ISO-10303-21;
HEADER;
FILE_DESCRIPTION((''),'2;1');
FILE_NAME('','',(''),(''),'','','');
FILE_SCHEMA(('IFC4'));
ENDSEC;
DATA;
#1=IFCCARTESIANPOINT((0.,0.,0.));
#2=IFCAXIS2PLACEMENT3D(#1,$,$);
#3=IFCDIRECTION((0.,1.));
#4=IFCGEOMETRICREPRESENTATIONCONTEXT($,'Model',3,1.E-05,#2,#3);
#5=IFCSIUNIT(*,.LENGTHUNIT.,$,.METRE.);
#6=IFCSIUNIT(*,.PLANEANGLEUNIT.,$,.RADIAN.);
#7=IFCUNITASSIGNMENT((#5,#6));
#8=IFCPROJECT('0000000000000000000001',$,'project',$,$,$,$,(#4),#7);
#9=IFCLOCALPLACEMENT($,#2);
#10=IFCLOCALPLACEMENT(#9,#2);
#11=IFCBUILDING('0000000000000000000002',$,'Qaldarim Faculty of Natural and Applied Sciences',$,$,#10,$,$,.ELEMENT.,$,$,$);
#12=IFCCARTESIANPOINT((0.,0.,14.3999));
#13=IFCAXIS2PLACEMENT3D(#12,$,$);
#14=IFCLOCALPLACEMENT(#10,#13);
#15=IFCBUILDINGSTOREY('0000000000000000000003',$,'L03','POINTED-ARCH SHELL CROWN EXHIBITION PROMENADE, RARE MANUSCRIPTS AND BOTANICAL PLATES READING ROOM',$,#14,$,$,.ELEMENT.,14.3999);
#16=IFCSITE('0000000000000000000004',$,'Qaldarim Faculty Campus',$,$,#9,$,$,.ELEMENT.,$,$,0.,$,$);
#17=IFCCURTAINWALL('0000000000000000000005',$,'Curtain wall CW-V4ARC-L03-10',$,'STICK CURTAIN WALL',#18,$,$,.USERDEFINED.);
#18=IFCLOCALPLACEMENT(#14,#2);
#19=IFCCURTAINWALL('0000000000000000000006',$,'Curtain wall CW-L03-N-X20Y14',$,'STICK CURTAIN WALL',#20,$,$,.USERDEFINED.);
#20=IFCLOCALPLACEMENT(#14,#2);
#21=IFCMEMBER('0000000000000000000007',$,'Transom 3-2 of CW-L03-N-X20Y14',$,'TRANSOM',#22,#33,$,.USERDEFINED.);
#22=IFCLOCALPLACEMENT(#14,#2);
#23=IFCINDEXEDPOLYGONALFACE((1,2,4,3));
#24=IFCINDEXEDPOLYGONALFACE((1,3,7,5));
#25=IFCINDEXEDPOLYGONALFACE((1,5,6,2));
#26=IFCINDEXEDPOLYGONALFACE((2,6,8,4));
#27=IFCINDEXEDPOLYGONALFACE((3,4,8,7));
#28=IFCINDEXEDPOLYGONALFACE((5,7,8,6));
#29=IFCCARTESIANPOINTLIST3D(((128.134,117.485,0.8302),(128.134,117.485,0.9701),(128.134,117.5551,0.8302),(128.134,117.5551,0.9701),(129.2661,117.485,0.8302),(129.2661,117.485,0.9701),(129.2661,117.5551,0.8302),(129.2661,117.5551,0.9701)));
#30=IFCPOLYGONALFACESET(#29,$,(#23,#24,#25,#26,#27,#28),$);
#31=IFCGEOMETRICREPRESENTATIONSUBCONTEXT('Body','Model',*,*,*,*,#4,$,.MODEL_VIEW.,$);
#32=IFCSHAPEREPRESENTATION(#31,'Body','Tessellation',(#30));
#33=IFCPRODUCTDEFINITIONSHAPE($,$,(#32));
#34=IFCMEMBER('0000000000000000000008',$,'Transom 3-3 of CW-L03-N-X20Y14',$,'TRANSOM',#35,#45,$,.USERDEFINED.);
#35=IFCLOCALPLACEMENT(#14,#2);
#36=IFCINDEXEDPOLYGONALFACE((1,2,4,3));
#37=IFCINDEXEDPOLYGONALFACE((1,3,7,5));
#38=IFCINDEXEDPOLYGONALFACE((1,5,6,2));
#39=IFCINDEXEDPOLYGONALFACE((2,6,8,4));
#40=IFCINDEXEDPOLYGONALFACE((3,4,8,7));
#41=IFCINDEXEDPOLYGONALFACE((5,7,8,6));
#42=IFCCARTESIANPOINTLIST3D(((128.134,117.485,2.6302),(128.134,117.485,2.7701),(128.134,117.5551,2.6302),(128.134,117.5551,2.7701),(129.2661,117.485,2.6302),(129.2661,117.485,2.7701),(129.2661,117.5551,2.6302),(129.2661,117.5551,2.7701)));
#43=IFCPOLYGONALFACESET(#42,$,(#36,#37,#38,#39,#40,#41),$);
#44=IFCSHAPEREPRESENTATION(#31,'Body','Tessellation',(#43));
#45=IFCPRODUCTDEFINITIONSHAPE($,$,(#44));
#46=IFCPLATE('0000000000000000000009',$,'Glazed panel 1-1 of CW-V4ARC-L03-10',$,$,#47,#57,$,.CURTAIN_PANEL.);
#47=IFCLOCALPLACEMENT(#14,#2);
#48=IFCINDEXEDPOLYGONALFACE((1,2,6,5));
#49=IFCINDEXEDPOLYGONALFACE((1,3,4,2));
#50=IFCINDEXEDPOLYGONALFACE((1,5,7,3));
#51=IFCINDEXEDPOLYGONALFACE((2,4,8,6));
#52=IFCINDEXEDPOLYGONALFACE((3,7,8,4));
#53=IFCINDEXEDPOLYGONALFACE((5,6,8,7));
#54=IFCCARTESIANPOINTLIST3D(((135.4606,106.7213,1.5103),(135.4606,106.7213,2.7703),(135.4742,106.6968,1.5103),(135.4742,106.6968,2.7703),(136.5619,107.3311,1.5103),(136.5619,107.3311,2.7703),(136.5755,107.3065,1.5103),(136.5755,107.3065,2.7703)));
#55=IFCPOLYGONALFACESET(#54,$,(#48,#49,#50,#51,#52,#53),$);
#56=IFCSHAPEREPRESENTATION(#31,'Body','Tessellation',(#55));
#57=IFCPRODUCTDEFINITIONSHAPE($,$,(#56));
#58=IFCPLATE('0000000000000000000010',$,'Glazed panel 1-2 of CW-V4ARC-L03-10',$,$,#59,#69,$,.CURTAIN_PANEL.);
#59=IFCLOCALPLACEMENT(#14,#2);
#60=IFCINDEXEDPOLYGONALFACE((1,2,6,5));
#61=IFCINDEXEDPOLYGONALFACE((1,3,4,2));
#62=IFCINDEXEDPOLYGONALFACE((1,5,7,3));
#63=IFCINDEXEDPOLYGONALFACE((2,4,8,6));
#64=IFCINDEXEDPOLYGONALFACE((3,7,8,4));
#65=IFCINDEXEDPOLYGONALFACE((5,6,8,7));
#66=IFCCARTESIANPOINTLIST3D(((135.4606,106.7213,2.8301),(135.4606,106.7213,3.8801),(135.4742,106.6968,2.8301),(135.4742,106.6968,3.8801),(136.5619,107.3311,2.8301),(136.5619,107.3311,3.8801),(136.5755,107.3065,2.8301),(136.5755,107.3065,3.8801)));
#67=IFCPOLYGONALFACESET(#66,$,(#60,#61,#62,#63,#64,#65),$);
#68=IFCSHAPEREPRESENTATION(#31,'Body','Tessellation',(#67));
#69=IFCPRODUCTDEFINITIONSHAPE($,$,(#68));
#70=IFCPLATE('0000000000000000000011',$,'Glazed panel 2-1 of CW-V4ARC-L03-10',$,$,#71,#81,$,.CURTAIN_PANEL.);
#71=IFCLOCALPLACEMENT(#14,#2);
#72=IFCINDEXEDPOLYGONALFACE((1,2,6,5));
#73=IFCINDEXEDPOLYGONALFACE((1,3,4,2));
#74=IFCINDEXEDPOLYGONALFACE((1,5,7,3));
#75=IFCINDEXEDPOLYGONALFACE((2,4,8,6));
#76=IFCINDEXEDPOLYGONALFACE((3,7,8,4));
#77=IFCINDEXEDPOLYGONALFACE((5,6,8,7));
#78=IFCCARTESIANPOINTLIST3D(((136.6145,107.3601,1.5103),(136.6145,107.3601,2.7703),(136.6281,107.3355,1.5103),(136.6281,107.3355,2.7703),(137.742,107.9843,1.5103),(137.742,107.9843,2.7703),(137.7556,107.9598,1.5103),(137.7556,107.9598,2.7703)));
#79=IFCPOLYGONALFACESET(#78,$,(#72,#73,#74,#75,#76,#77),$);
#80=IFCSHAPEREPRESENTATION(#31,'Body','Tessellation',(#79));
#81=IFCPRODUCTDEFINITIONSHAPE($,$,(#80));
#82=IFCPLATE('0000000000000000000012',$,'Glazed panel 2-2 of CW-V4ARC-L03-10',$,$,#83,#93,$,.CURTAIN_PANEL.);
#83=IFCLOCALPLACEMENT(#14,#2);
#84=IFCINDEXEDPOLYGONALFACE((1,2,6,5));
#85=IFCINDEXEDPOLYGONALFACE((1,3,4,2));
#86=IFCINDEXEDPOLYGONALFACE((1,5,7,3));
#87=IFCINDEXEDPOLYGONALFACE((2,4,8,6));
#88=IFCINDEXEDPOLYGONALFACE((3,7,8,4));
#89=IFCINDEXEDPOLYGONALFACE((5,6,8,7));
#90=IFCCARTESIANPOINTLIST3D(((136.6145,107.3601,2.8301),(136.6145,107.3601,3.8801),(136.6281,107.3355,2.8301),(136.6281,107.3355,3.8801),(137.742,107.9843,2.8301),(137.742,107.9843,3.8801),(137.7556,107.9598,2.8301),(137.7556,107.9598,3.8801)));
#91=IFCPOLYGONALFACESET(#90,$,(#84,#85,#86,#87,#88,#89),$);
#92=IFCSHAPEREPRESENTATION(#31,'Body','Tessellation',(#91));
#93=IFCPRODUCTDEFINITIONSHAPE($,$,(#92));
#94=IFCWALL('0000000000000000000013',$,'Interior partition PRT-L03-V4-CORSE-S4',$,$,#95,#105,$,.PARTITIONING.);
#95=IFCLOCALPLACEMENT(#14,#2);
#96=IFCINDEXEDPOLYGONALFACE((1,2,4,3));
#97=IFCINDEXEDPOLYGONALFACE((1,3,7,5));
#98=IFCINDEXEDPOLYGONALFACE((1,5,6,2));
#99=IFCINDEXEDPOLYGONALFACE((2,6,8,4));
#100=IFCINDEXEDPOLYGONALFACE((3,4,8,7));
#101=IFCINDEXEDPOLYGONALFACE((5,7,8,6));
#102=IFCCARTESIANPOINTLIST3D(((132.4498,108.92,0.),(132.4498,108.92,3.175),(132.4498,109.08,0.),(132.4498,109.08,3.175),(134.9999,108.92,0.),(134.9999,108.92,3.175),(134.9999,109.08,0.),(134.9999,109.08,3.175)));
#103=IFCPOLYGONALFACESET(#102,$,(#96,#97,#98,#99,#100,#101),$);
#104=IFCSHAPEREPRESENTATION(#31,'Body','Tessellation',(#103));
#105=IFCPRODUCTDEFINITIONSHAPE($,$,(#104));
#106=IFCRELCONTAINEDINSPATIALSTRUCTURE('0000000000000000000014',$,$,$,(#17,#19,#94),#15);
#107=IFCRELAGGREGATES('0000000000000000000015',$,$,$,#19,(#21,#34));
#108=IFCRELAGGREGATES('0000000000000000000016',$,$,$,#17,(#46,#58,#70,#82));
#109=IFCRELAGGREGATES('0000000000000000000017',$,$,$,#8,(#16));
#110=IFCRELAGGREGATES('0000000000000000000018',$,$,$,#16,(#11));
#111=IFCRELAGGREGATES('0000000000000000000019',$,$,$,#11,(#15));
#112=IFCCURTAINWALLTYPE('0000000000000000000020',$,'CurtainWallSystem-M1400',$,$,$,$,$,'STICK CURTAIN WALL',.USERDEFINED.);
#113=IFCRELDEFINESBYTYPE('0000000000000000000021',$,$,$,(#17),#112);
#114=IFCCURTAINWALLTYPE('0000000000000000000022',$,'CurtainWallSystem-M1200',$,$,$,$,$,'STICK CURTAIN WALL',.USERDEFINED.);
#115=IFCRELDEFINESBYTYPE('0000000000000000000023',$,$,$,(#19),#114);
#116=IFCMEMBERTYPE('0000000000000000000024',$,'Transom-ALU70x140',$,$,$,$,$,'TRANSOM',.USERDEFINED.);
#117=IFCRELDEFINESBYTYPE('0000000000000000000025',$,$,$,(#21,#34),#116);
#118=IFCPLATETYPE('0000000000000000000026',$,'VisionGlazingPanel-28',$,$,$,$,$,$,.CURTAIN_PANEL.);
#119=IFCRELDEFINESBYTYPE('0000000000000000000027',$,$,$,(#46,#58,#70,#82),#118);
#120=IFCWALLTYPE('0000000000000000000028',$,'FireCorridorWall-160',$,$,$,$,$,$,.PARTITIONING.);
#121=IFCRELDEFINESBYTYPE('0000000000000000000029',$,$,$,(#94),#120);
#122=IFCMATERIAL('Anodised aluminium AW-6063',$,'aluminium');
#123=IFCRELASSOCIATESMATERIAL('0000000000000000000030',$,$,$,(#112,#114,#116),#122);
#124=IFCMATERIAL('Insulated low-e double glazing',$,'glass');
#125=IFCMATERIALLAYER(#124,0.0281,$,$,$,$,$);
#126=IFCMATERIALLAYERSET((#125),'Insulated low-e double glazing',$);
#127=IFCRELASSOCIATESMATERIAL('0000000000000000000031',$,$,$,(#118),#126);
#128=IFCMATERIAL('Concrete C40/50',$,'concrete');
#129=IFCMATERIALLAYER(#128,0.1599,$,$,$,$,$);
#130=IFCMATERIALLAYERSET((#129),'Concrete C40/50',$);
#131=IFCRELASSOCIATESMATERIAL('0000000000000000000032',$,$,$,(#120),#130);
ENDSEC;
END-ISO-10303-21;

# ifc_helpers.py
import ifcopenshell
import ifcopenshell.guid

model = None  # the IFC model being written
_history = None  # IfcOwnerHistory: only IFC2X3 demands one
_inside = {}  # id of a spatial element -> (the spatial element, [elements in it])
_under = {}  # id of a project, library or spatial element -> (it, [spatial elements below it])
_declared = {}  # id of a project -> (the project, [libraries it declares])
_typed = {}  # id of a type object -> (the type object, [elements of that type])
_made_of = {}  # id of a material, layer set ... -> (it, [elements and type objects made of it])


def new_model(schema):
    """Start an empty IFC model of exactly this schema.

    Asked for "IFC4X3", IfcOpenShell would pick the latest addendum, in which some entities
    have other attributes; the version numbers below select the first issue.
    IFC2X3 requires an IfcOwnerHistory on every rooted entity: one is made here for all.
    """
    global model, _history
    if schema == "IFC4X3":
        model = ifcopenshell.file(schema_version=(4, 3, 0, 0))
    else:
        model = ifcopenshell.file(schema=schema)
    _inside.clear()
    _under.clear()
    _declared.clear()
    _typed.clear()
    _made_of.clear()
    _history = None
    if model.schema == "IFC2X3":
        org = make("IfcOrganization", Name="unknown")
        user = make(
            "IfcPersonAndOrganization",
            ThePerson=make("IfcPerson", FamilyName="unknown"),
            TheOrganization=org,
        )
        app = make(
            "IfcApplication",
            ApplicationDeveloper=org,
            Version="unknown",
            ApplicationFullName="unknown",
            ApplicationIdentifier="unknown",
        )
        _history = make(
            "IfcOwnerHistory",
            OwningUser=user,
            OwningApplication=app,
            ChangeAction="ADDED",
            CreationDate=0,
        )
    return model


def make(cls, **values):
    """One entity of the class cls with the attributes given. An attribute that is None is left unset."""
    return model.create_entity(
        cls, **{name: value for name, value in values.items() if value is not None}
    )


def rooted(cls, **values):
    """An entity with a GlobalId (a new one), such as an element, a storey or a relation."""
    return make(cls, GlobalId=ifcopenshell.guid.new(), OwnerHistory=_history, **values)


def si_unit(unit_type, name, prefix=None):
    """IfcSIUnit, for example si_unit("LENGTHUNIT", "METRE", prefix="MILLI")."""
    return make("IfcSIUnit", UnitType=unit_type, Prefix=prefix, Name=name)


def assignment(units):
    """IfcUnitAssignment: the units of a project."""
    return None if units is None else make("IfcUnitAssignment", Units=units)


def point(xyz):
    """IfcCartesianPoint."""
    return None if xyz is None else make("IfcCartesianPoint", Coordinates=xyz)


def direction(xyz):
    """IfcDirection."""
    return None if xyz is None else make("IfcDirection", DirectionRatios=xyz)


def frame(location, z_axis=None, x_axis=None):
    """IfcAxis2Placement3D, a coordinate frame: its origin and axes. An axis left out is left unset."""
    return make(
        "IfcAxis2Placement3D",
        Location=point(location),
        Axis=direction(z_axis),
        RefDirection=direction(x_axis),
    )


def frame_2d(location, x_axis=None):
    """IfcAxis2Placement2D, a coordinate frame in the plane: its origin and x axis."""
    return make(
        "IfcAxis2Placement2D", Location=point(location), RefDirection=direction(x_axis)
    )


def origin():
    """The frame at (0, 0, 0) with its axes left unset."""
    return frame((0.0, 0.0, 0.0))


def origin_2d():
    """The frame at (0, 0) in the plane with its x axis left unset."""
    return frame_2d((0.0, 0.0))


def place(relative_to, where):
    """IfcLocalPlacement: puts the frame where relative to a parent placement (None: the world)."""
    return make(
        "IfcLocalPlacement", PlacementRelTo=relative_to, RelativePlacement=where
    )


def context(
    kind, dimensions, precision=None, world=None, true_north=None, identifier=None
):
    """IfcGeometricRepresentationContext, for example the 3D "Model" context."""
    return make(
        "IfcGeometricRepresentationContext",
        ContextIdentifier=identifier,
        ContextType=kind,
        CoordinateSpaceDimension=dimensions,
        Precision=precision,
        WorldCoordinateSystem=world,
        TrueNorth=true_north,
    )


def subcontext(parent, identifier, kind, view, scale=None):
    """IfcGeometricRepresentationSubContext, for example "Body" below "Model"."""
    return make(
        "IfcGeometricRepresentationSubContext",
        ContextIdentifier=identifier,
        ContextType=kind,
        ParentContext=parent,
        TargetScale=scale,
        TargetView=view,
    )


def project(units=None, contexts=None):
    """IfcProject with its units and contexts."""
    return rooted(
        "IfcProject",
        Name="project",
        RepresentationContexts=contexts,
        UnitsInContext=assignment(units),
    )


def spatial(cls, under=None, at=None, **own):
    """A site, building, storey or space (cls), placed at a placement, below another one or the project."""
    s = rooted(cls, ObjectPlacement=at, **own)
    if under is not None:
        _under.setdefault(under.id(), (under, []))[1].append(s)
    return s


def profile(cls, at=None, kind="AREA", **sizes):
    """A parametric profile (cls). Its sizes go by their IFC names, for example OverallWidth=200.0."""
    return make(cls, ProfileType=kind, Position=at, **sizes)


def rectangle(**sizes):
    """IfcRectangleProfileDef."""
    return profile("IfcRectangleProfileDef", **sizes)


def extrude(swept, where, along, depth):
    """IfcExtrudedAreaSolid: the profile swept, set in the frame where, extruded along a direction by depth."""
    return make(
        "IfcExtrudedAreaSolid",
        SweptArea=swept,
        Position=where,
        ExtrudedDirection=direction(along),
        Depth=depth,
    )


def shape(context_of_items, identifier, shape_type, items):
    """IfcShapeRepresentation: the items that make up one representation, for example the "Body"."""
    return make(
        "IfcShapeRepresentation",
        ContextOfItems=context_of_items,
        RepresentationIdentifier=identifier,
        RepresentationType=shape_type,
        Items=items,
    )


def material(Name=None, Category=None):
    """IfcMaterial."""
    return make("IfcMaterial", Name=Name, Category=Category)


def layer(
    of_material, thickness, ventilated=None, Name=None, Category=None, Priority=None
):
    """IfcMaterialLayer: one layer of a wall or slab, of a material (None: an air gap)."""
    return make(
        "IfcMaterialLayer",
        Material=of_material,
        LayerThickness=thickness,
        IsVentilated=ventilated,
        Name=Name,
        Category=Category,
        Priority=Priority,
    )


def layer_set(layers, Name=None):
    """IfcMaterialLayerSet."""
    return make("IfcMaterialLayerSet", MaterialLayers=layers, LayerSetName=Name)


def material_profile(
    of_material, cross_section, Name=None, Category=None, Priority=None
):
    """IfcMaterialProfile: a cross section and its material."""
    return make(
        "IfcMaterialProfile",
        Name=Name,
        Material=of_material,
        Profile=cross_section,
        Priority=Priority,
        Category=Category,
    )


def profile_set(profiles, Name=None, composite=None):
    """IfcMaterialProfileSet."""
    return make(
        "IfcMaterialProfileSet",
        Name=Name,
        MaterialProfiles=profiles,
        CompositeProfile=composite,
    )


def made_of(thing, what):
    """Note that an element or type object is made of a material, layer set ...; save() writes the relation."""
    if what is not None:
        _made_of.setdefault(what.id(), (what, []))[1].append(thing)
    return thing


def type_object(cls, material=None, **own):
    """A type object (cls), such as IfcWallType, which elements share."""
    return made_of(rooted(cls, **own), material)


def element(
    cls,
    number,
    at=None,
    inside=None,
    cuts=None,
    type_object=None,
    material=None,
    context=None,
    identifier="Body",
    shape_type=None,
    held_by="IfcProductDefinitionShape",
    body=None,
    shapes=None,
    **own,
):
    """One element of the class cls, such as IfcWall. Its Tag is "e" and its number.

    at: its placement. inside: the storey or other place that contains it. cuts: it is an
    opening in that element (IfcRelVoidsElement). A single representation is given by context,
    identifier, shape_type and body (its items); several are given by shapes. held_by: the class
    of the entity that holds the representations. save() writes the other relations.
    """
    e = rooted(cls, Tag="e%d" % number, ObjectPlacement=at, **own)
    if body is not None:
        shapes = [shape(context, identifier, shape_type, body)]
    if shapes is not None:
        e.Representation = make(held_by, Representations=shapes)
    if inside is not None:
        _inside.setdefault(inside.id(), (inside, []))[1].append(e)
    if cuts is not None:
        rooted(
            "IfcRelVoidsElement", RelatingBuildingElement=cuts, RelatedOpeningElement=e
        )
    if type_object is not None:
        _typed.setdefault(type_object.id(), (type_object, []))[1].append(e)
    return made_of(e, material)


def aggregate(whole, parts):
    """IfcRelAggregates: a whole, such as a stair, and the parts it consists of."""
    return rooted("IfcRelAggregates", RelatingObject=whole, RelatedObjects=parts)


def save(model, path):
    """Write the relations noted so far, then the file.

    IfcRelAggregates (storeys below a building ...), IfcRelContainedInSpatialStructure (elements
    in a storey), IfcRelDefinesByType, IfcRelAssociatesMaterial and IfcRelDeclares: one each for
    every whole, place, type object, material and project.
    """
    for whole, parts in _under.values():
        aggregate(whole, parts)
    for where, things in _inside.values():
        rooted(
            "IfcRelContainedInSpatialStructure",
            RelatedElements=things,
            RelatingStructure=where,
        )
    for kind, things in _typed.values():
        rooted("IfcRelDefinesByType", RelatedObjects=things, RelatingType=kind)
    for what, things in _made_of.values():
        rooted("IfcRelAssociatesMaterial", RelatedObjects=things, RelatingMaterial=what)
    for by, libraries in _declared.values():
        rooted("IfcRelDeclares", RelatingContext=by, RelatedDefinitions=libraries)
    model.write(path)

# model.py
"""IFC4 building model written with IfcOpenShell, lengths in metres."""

from ifc_helpers import new_model, si_unit, direction, frame, frame_2d, origin, origin_2d, place, context, subcontext, project, spatial, rectangle, extrude, material, layer, layer_set, material_profile, profile_set, type_object, element, aggregate, save


model = new_model("IFC4")

# Units and contexts
model_context = context("Model", 3, precision=1e-05, world=origin(), true_north=direction((0.0, 1.0)))
body_context = subcontext(model_context, "Body", "Model", "MODEL_VIEW")
ifc_project = project(units=[si_unit("LENGTHUNIT", "METRE"), si_unit("PLANEANGLEUNIT", "RADIAN")], contexts=[model_context])

# Site, building, storey
site_placement = place(None, origin())
site = spatial("IfcSite", under=ifc_project, at=site_placement, Name="Qaldarim Faculty Campus", CompositionType="ELEMENT", RefElevation=0.0)
building_placement = place(site_placement, origin())
building = spatial("IfcBuilding", under=site, at=building_placement, Name="Qaldarim Faculty of Natural and Applied Sciences", CompositionType="ELEMENT")
storey_placement = place(building_placement, frame((0.0, 0.0, 14.3999)))
storey = spatial("IfcBuildingStorey", under=building, at=storey_placement, Name="L03", Description="POINTED-ARCH SHELL CROWN EXHIBITION PROMENADE, RARE MANUSCRIPTS AND BOTANICAL PLATES READING ROOM", CompositionType="ELEMENT", Elevation=14.3999)

# Shared definitions
ifc_material_1 = material(Name="Concrete C40/50", Category="concrete")

# Curtain walls, members
ifc_material_2 = material(Name="Anodised aluminium AW-6063", Category="aluminium")
curtain_wall_type_1 = type_object("IfcCurtainWallType", Name="CurtainWallSystem-M1400", ElementType="STICK CURTAIN WALL", PredefinedType="USERDEFINED", material=ifc_material_2)
curtain_wall_1_placement = place(storey_placement, origin())
curtain_wall_1 = element("IfcCurtainWall", 1, at=curtain_wall_1_placement, inside=storey, type_object=curtain_wall_type_1, Name="Curtain wall CW-V4ARC-L03-10", ObjectType="STICK CURTAIN WALL", PredefinedType="USERDEFINED")
curtain_wall_type_2 = type_object("IfcCurtainWallType", Name="CurtainWallSystem-M1200", ElementType="STICK CURTAIN WALL", PredefinedType="USERDEFINED", material=ifc_material_2)
curtain_wall_2_placement = place(storey_placement, origin())
curtain_wall_2 = element("IfcCurtainWall", 2, at=curtain_wall_2_placement, inside=storey, type_object=curtain_wall_type_2, Name="Curtain wall CW-L03-N-X20Y14", ObjectType="STICK CURTAIN WALL", PredefinedType="USERDEFINED")
ifc_material_profile_1 = material_profile(ifc_material_2, rectangle(XDim=0.0701, YDim=0.1399, at=origin_2d()), Name="ALU-T70x140")
ifc_profile_set_1 = profile_set([ifc_material_profile_1], Name="Anodised aluminium AW-6063")
member_type_1 = type_object("IfcMemberType", Name="Transom-ALU70x140", ElementType="TRANSOM", PredefinedType="USERDEFINED", material=ifc_profile_set_1)
member_1_placement = place(storey_placement, frame((129.2661, 117.52, 0.9001), z_axis=(-1.0, 0.0, 0.0), x_axis=(0.0, -1.0, 0.0)))
member_1 = element("IfcMember", 3, at=member_1_placement, type_object=member_type_1, Name="Transom 3-2 of CW-L03-N-X20Y14", ObjectType="TRANSOM", PredefinedType="USERDEFINED", context=body_context, shape_type="SweptSolid", body=[
    extrude(rectangle(XDim=0.0701, YDim=0.1399, at=origin_2d()), origin(), (0.0, 0.0, 1.0), 1.1321),
])
member_2_placement = place(storey_placement, frame((129.2661, 117.52, 2.7002), z_axis=(-1.0, 0.0, 0.0), x_axis=(0.0, -1.0, 0.0)))
member_2 = element("IfcMember", 4, at=member_2_placement, type_object=member_type_1, Name="Transom 3-3 of CW-L03-N-X20Y14", ObjectType="TRANSOM", PredefinedType="USERDEFINED", context=body_context, shape_type="SweptSolid", body=[
    extrude(rectangle(XDim=0.0701, YDim=0.1399, at=origin_2d()), origin(), (0.0, 0.0, 1.0), 1.1321),
])
aggregate(curtain_wall_2, [member_1, member_2])

# Plates
ifc_material_3 = material(Name="Insulated low-e double glazing", Category="glass")
ifc_layer_1 = layer(ifc_material_3, 0.0281)
ifc_layer_set_1 = layer_set([ifc_layer_1], Name="Insulated low-e double glazing")
plate_type = type_object("IfcPlateType", Name="VisionGlazingPanel-28", PredefinedType="CURTAIN_PANEL", material=ifc_layer_set_1)
plate_1_placement = place(storey_placement, frame((136.0181, 107.0139, 1.5103), z_axis=(0.0, 0.0, 1.0), x_axis=(0.874857, 0.484382, 0.0)))
plate_1 = element("IfcPlate", 5, at=plate_1_placement, type_object=plate_type, Name="Glazed panel 1-1 of CW-V4ARC-L03-10", PredefinedType="CURTAIN_PANEL", context=body_context, shape_type="SweptSolid", body=[
    extrude(rectangle(XDim=1.2588, YDim=0.0281, at=origin_2d()), origin(), (0.0, 0.0, 1.0), 1.26),
])
plate_2_placement = place(storey_placement, frame((136.0181, 107.0139, 2.8301), z_axis=(0.0, 0.0, 1.0), x_axis=(0.874857, 0.484382, 0.0)))
plate_2 = element("IfcPlate", 6, at=plate_2_placement, type_object=plate_type, Name="Glazed panel 1-2 of CW-V4ARC-L03-10", PredefinedType="CURTAIN_PANEL", context=body_context, shape_type="SweptSolid", body=[
    extrude(rectangle(XDim=1.2588, YDim=0.0281, at=origin_2d()), origin(), (0.0, 0.0, 1.0), 1.05),
])
plate_3_placement = place(storey_placement, frame((137.1851, 107.6599, 1.5103), z_axis=(0.0, 0.0, 1.0), x_axis=(0.874857, 0.484382, 0.0)))
plate_3 = element("IfcPlate", 7, at=plate_3_placement, type_object=plate_type, Name="Glazed panel 2-1 of CW-V4ARC-L03-10", PredefinedType="CURTAIN_PANEL", context=body_context, shape_type="SweptSolid", body=[
    extrude(rectangle(XDim=1.2888, YDim=0.0281, at=origin_2d()), origin(), (0.0, 0.0, 1.0), 1.26),
])
plate_4_placement = place(storey_placement, frame((137.1851, 107.6599, 2.8301), z_axis=(0.0, 0.0, 1.0), x_axis=(0.874857, 0.484382, 0.0)))
plate_4 = element("IfcPlate", 8, at=plate_4_placement, type_object=plate_type, Name="Glazed panel 2-2 of CW-V4ARC-L03-10", PredefinedType="CURTAIN_PANEL", context=body_context, shape_type="SweptSolid", body=[
    extrude(rectangle(XDim=1.2888, YDim=0.0281, at=origin_2d()), origin(), (0.0, 0.0, 1.0), 1.05),
])
aggregate(curtain_wall_1, [plate_1, plate_2, plate_3, plate_4])

# Wall
ifc_layer_2 = layer(ifc_material_1, 0.1599)
ifc_layer_set_2 = layer_set([ifc_layer_2], Name="Concrete C40/50")
wall_type = type_object("IfcWallType", Name="FireCorridorWall-160", PredefinedType="PARTITIONING", material=ifc_layer_set_2)
wall_placement = place(storey_placement, frame((132.45, 109.0, 0.0), z_axis=(0.0, 0.0, 1.0), x_axis=(1.0, 0.0, 0.0)))
element("IfcWall", 9, at=wall_placement, inside=storey, type_object=wall_type, Name="Interior partition PRT-L03-V4-CORSE-S4", PredefinedType="PARTITIONING", context=body_context, shape_type="SweptSolid", body=[
    extrude(rectangle(XDim=2.55, YDim=0.1599, at=frame_2d((1.2749, 0.0))), origin(), (0.0, 0.0, 1.0), 3.175),
])

save(model, "model.ifc")
